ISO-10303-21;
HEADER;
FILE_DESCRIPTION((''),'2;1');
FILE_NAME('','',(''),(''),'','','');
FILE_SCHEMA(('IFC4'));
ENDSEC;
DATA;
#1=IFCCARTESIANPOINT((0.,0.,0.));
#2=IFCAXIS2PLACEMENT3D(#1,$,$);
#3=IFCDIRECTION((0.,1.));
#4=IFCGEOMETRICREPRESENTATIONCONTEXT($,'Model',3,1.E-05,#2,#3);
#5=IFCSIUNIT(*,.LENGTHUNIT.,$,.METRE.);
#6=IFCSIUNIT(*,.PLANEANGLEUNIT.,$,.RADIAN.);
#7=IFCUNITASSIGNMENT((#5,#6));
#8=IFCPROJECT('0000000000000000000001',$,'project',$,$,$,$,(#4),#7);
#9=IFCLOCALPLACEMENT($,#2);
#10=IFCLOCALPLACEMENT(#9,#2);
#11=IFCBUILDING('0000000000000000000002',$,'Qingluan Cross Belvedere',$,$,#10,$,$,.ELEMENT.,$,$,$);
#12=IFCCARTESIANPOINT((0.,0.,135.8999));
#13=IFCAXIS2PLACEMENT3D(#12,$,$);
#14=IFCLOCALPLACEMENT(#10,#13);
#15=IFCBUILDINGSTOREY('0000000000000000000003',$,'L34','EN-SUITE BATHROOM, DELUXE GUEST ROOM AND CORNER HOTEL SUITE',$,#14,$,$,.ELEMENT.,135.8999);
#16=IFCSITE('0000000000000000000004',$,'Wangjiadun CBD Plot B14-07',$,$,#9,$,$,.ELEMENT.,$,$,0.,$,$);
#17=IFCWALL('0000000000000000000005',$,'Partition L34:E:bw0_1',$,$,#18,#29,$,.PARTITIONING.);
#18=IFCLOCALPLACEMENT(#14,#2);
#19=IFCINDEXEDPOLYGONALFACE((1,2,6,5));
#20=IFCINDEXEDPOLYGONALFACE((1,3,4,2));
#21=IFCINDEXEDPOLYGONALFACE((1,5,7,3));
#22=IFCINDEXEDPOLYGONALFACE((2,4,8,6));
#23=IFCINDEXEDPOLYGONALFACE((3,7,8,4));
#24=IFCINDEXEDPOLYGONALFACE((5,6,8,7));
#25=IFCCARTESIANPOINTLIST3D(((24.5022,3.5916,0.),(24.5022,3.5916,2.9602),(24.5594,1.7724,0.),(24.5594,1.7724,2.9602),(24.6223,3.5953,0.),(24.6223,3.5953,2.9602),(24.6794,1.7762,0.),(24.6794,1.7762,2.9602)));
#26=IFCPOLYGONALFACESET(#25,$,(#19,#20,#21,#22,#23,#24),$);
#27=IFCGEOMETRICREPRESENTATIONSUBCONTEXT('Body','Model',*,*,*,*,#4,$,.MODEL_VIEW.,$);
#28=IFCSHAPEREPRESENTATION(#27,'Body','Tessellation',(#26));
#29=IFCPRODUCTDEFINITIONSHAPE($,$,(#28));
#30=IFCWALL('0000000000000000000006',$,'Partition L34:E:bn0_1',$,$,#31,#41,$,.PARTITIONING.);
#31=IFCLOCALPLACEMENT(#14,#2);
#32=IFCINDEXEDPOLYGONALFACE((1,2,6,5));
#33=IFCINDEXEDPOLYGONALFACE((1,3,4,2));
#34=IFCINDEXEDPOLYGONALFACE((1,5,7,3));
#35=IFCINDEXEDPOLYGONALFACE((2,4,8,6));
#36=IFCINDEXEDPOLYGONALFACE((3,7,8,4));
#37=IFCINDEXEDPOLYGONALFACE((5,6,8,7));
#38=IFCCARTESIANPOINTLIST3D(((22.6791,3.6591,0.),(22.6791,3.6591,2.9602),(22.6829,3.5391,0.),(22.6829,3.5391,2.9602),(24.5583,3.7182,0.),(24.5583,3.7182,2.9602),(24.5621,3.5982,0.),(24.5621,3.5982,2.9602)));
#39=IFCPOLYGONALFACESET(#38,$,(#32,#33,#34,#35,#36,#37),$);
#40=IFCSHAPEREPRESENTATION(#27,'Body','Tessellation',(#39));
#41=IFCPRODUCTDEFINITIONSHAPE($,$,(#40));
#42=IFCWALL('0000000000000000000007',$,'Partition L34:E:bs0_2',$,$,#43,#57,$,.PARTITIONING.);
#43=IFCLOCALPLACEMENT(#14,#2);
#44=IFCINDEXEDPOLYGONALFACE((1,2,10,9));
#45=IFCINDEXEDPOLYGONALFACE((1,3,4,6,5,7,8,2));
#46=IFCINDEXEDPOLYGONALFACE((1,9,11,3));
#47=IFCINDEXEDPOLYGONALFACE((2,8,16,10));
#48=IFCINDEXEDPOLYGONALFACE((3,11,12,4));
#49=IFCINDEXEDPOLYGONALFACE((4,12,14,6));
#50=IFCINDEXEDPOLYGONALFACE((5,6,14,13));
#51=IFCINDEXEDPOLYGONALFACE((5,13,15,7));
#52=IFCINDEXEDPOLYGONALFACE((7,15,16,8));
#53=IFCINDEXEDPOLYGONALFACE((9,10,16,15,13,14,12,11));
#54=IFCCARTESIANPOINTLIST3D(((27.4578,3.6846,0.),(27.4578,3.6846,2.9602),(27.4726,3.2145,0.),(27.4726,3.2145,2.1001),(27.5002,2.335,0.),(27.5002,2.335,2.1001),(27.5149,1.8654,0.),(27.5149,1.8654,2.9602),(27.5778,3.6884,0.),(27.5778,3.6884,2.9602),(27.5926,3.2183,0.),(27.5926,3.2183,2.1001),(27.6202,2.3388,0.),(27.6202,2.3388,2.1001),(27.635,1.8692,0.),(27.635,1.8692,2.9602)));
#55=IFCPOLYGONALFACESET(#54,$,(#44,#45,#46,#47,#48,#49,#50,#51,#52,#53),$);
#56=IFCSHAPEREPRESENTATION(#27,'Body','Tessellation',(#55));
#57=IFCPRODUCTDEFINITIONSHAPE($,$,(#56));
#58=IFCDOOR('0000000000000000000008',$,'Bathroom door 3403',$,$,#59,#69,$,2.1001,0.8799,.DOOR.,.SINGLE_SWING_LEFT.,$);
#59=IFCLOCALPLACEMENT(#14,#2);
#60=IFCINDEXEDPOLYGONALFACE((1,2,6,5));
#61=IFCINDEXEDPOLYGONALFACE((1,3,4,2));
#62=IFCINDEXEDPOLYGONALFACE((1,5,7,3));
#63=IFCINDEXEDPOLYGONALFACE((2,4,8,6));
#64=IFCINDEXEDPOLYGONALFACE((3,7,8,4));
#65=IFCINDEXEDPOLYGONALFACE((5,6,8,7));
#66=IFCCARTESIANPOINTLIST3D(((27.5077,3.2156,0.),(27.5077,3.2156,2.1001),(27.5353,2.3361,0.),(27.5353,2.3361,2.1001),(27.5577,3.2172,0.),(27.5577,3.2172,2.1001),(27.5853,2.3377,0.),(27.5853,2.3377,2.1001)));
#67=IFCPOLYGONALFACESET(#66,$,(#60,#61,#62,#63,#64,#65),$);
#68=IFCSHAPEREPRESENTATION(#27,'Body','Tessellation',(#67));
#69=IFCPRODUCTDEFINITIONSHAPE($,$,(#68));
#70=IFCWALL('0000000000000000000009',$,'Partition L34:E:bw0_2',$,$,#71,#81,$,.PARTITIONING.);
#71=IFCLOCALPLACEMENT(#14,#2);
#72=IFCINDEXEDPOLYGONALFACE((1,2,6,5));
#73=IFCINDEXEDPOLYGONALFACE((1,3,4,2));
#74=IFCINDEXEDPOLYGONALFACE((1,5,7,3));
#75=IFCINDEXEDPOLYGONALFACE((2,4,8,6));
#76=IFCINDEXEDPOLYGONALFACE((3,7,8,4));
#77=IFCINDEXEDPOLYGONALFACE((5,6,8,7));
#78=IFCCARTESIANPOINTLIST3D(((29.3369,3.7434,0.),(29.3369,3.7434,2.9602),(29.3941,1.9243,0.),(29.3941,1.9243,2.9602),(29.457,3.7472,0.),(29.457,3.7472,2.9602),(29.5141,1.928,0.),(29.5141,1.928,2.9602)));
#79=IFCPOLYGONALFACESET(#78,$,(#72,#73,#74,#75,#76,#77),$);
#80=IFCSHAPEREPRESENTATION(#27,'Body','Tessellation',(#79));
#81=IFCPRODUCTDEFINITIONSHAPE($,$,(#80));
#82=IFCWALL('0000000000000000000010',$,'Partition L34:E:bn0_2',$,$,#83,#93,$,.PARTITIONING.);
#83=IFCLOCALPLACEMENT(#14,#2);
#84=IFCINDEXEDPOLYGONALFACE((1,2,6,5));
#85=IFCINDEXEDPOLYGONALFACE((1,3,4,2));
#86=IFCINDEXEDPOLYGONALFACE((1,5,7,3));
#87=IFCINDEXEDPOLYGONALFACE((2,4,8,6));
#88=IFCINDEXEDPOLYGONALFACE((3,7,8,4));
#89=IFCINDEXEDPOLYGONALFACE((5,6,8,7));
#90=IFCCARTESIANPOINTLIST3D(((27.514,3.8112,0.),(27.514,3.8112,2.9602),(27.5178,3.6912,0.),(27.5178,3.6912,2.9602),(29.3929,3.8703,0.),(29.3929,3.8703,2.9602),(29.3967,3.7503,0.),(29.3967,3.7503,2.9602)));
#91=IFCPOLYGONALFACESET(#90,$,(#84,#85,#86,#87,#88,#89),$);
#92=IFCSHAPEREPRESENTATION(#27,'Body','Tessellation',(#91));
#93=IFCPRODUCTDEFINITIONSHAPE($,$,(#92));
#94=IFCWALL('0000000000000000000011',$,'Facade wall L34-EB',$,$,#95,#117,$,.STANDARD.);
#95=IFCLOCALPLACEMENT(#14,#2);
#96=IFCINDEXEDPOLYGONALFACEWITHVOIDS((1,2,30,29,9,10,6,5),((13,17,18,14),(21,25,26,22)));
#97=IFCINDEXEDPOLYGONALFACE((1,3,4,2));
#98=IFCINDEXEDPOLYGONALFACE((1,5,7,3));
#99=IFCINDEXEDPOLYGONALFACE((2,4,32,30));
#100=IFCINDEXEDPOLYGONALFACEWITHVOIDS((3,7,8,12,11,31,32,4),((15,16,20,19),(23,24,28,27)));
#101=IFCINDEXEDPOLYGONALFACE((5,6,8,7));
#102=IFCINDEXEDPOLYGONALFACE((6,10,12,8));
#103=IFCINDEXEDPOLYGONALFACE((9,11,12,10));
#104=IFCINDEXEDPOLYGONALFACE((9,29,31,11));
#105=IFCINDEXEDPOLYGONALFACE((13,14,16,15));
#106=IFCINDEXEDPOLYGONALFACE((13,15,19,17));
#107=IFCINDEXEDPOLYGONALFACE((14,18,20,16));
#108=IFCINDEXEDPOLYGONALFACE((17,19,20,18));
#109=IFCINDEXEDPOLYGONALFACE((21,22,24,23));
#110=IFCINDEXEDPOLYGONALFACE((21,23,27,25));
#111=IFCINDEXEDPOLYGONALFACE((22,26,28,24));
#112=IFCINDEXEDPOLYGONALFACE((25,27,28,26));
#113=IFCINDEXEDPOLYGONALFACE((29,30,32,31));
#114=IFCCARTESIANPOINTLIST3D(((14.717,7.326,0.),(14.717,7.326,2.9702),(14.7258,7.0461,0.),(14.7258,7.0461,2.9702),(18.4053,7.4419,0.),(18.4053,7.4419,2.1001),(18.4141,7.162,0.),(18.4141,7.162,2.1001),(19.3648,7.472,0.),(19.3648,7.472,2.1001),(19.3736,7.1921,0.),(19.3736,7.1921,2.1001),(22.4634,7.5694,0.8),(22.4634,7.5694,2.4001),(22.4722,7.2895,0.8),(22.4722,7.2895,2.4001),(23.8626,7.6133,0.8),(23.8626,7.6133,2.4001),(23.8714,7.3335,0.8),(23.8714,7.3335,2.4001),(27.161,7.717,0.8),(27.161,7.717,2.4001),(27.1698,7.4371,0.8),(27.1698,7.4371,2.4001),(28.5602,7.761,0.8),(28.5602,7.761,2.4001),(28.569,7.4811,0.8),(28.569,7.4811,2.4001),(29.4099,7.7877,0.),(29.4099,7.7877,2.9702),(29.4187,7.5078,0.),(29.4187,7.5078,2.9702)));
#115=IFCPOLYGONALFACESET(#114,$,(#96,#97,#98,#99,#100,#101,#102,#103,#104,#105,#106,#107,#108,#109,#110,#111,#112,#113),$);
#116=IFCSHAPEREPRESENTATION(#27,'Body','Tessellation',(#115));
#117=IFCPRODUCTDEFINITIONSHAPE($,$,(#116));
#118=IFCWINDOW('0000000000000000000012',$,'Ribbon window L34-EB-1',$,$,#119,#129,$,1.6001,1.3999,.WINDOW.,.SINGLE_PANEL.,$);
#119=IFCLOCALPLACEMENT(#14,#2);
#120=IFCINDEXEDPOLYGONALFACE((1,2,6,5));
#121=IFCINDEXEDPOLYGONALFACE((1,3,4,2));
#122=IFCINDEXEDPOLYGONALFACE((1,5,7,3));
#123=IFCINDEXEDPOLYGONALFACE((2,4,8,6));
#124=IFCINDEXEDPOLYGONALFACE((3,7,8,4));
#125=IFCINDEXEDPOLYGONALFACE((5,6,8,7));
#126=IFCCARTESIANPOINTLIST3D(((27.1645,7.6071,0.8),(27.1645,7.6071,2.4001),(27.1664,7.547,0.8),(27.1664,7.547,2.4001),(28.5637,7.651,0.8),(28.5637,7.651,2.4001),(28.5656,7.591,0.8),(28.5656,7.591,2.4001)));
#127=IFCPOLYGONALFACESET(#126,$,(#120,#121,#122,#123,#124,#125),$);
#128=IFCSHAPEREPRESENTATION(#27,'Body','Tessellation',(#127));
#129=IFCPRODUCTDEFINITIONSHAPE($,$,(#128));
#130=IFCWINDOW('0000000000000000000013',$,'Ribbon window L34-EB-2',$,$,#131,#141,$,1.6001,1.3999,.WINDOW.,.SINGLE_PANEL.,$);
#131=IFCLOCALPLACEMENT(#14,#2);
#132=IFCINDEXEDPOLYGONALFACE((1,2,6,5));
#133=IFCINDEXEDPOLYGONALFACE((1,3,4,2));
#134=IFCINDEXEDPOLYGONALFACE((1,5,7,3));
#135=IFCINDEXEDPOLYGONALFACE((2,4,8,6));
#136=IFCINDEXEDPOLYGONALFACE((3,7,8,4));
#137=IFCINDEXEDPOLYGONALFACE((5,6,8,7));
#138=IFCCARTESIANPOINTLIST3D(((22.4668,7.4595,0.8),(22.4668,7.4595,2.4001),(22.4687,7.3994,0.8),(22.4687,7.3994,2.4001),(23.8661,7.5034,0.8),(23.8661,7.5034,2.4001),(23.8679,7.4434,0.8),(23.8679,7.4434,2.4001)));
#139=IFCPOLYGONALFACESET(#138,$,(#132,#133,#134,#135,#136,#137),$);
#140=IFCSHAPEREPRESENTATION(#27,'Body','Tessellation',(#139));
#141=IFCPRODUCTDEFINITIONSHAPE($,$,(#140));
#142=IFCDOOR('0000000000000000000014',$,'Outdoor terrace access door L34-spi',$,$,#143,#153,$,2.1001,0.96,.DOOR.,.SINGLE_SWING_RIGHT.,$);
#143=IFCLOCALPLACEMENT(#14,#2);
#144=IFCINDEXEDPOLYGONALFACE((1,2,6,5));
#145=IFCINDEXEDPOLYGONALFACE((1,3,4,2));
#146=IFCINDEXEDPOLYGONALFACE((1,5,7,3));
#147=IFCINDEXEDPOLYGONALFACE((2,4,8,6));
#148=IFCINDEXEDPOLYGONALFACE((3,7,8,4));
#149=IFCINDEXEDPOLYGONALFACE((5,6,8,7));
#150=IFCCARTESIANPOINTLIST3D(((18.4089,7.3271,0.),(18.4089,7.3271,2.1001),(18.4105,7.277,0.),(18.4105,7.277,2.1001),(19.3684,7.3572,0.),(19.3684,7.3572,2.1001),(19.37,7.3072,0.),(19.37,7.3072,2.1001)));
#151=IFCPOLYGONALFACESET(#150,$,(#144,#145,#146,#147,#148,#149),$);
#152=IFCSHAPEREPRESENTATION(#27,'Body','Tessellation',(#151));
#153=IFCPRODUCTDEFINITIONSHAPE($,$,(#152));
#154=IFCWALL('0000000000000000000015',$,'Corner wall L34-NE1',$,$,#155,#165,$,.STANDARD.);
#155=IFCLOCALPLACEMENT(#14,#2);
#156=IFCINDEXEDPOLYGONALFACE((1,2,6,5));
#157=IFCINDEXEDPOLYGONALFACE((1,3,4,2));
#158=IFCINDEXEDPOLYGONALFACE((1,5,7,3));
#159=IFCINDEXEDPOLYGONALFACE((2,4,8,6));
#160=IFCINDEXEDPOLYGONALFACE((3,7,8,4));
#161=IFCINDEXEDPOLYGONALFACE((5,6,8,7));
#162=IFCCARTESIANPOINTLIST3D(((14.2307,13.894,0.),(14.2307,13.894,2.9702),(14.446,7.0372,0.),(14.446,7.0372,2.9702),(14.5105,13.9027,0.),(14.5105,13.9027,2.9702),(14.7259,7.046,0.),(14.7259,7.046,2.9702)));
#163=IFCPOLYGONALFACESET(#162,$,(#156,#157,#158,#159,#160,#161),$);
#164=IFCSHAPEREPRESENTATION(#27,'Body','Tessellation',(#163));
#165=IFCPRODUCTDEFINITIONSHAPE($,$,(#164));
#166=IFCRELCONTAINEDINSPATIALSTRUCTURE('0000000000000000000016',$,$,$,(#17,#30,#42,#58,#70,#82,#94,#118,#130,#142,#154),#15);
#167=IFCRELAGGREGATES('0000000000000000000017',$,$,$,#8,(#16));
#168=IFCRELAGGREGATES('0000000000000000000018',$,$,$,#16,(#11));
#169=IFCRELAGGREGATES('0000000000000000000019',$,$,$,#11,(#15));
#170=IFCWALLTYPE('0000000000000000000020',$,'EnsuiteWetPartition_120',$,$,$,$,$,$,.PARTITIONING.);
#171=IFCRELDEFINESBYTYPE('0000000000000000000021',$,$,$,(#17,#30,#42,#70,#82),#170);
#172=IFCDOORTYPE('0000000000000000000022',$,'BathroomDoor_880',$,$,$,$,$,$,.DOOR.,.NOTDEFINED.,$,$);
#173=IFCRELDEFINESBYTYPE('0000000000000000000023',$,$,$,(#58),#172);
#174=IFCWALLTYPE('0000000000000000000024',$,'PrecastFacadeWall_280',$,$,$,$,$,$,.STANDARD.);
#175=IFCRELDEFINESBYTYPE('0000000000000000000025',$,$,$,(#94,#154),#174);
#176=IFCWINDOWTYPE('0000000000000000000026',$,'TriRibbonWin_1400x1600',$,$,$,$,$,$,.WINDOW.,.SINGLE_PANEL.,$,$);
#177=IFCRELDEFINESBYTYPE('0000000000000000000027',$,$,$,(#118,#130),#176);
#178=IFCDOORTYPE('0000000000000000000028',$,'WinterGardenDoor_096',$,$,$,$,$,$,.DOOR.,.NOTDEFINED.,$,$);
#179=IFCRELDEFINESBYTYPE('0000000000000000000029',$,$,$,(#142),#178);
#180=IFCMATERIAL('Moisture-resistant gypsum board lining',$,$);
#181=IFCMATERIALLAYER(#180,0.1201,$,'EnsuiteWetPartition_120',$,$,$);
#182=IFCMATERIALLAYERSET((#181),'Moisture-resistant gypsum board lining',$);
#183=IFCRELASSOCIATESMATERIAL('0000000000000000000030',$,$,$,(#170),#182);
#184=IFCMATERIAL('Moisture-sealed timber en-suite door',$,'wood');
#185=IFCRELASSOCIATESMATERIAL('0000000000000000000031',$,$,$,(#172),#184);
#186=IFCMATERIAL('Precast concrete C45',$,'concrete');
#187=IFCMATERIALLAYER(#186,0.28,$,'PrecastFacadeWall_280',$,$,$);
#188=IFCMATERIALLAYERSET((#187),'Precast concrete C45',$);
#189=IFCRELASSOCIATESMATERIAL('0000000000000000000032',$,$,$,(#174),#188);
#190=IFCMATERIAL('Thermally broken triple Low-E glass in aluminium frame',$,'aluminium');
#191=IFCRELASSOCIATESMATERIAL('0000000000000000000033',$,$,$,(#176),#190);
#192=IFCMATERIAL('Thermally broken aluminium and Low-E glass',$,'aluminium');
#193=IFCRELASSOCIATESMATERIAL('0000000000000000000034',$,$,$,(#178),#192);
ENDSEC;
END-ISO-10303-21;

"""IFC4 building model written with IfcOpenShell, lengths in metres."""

from ifc_helpers import new_model, si_unit, direction, frame, frame_2d, origin, place, context, subcontext, project, spatial, rectangle, extrude, material, layer, layer_set, type_object, element, fill, save


model = new_model("IFC4")

# Units and contexts
model_context = context("Model", 3, precision=1e-05, world=origin(), true_north=direction((0.0, 1.0)))
body_context = subcontext(model_context, "Body", "Model", "MODEL_VIEW")
ifc_project = project(units=[si_unit("LENGTHUNIT", "METRE"), si_unit("PLANEANGLEUNIT", "RADIAN")], contexts=[model_context])

# Site, building, storey
site_placement = place(None, origin())
site = spatial("IfcSite", under=ifc_project, at=site_placement, Name="Wangjiadun CBD Plot B14-07", CompositionType="ELEMENT", RefElevation=0.0)
building_placement = place(site_placement, origin())
building = spatial("IfcBuilding", under=site, at=building_placement, Name="Qingluan Cross Belvedere", CompositionType="ELEMENT")
storey_placement = place(building_placement, frame((0.0, 0.0, 135.8999)))
storey = spatial("IfcBuildingStorey", under=building, at=storey_placement, Name="L34", Description="EN-SUITE BATHROOM, DELUXE GUEST ROOM AND CORNER HOTEL SUITE", CompositionType="ELEMENT", Elevation=135.8999)

# Shared definitions
ifc_material_1 = material(Name="Moisture-resistant gypsum board lining")
ifc_layer_1 = layer(ifc_material_1, 0.1201, Name="EnsuiteWetPartition_120")
ifc_layer_set_1 = layer_set([ifc_layer_1], Name="Moisture-resistant gypsum board lining")
wall_type_1 = type_object("IfcWallType", Name="EnsuiteWetPartition_120", PredefinedType="PARTITIONING", material=ifc_layer_set_1)
ifc_material_2 = material(Name="Moisture-sealed timber en-suite door", Category="wood")
door_type_1 = type_object("IfcDoorType", Name="BathroomDoor_880", OperationType="NOTDEFINED", PredefinedType="DOOR", material=ifc_material_2)

# Walls
wall_1_placement = place(storey_placement, frame((24.6194, 1.7742, 0.0), z_axis=(0.0, 0.0, 1.0), x_axis=(-0.03139, 0.999507, 0.0)))
element("IfcWall", 1, at=wall_1_placement, inside=storey, type_object=wall_type_1, Name="Partition L34:E:bw0_1", PredefinedType="PARTITIONING", context=body_context, shape_type="SweptSolid", body=[
    extrude(rectangle(XDim=1.8201, YDim=0.1201, at=frame_2d((0.9102, 0.0))), origin(), (0.0, 0.0, 1.0), 2.9602),
])
wall_2_placement = place(storey_placement, frame((22.6812, 3.5991, 0.0), z_axis=(0.0, 0.0, 1.0), x_axis=(0.999506, 0.031425, 0.0)))
element("IfcWall", 2, at=wall_2_placement, inside=storey, type_object=wall_type_1, Name="Partition L34:E:bn0_1", PredefinedType="PARTITIONING", context=body_context, shape_type="SweptSolid", body=[
    extrude(rectangle(XDim=1.8801, YDim=0.1201, at=frame_2d((0.9399, 0.0))), origin(), (0.0, 0.0, 1.0), 2.9602),
])

# Wall, opening, door
wall_3_placement = place(storey_placement, frame((27.575, 1.8672, 0.0), z_axis=(0.0, 0.0, 1.0), x_axis=(-0.03139, 0.999507, 0.0)))
wall_3 = element("IfcWall", 3, at=wall_3_placement, inside=storey, type_object=wall_type_1, Name="Partition L34:E:bs0_2", PredefinedType="PARTITIONING", context=body_context, shape_type="SweptSolid", body=[
    extrude(rectangle(XDim=1.8201, YDim=0.1201, at=frame_2d((0.9102, 0.0))), origin(), (0.0, 0.0, 1.0), 2.9602),
])
opening_1_placement = place(wall_3_placement, frame((0.47, 0.0, 0.0)))
opening_1 = element("IfcOpeningElement", 4, at=opening_1_placement, cuts=wall_3, PredefinedType="OPENING", context=body_context, shape_type="SweptSolid", body=[
    extrude(rectangle(XDim=0.8799, YDim=2.1001, at=frame_2d((0.4399, 1.05))), frame((0.0, 0.0701, 0.0), z_axis=(0.0, -1.0, 0.0), x_axis=(1.0, 0.0, 0.0)), (0.0, 0.0, 1.0), 0.1401),
])
door_1_placement = place(opening_1_placement, origin())
door_1 = element("IfcDoor", 5, at=door_1_placement, inside=storey, type_object=door_type_1, Name="Bathroom door 3403", OperationType="SINGLE_SWING_LEFT", OverallHeight=2.1001, OverallWidth=0.8799, PredefinedType="DOOR", context=body_context, shape_type="SweptSolid", body=[
    extrude(rectangle(XDim=0.8799, YDim=2.1001, at=frame_2d((0.4399, 1.05))), frame((0.0, 0.0249, 0.0), z_axis=(0.0, -1.0, 0.0), x_axis=(1.0, 0.0, 0.0)), (0.0, 0.0, 1.0), 0.05),
])
fill(opening_1, door_1)

# Walls
wall_4_placement = place(storey_placement, frame((29.4541, 1.926, 0.0), z_axis=(0.0, 0.0, 1.0), x_axis=(-0.03139, 0.999507, 0.0)))
element("IfcWall", 6, at=wall_4_placement, inside=storey, type_object=wall_type_1, Name="Partition L34:E:bw0_2", PredefinedType="PARTITIONING", context=body_context, shape_type="SweptSolid", body=[
    extrude(rectangle(XDim=1.8201, YDim=0.1201, at=frame_2d((0.9102, 0.0))), origin(), (0.0, 0.0, 1.0), 2.9602),
])
wall_5_placement = place(storey_placement, frame((27.5159, 3.7512, 0.0), z_axis=(0.0, 0.0, 1.0), x_axis=(0.999506, 0.031429, 0.0)))
element("IfcWall", 7, at=wall_5_placement, inside=storey, type_object=wall_type_1, Name="Partition L34:E:bn0_2", PredefinedType="PARTITIONING", context=body_context, shape_type="SweptSolid", body=[
    extrude(rectangle(XDim=1.8799, YDim=0.1201, at=frame_2d((0.9399, 0.0))), origin(), (0.0, 0.0, 1.0), 2.9602),
])

# Wall, openings, windows, door
ifc_material_3 = material(Name="Precast concrete C45", Category="concrete")
ifc_layer_2 = layer(ifc_material_3, 0.28, Name="PrecastFacadeWall_280")
ifc_layer_set_2 = layer_set([ifc_layer_2], Name="Precast concrete C45")
wall_type_2 = type_object("IfcWallType", Name="PrecastFacadeWall_280", PredefinedType="STANDARD", material=ifc_layer_set_2)
wall_6_placement = place(storey_placement, frame((29.4143, 7.6477, 0.0), z_axis=(0.0, 0.0, 1.0), x_axis=(-0.999507, -0.031406, 0.0)))
wall_6 = element("IfcWall", 8, at=wall_6_placement, inside=storey, type_object=wall_type_2, Name="Facade wall L34-EB", PredefinedType="STANDARD", context=body_context, shape_type="SweptSolid", body=[
    extrude(rectangle(XDim=14.7002, YDim=0.28, at=frame_2d((7.3501, 0.0))), origin(), (0.0, 0.0, 1.0), 2.9702),
])
opening_2_placement = place(wall_6_placement, frame((0.8501, 0.0, 0.8)))
opening_2 = element("IfcOpeningElement", 9, at=opening_2_placement, cuts=wall_6, PredefinedType="OPENING", context=body_context, shape_type="SweptSolid", body=[
    extrude(rectangle(XDim=1.3999, YDim=1.6001, at=frame_2d((0.7, 0.8))), frame((0.0, 0.1499, 0.0), z_axis=(0.0, -1.0, 0.0), x_axis=(1.0, 0.0, 0.0)), (0.0, 0.0, 1.0), 0.3),
])
opening_3_placement = place(wall_6_placement, frame((5.55, 0.0, 0.8)))
opening_3 = element("IfcOpeningElement", 10, at=opening_3_placement, cuts=wall_6, PredefinedType="OPENING", context=body_context, shape_type="SweptSolid", body=[
    extrude(rectangle(XDim=1.3999, YDim=1.6001, at=frame_2d((0.7, 0.8))), frame((0.0, 0.1499, 0.0), z_axis=(0.0, -1.0, 0.0), x_axis=(1.0, 0.0, 0.0)), (0.0, 0.0, 1.0), 0.3),
])
opening_4_placement = place(wall_6_placement, frame((10.05, 0.0, 0.0)))
opening_4 = element("IfcOpeningElement", 11, at=opening_4_placement, cuts=wall_6, PredefinedType="OPENING", context=body_context, shape_type="SweptSolid", body=[
    extrude(rectangle(XDim=0.96, YDim=2.1001, at=frame_2d((0.48, 1.05))), frame((0.0, 0.1499, 0.0), z_axis=(0.0, -1.0, 0.0), x_axis=(1.0, 0.0, 0.0)), (0.0, 0.0, 1.0), 0.3),
])
ifc_material_4 = material(Name="Thermally broken triple Low-E glass in aluminium frame", Category="aluminium")
window_type = type_object("IfcWindowType", Name="TriRibbonWin_1400x1600", PartitioningType="SINGLE_PANEL", PredefinedType="WINDOW", material=ifc_material_4)
window_1_placement = place(opening_2_placement, origin())
window_1 = element("IfcWindow", 12, at=window_1_placement, inside=storey, type_object=window_type, Name="Ribbon window L34-EB-1", OverallHeight=1.6001, OverallWidth=1.3999, PartitioningType="SINGLE_PANEL", PredefinedType="WINDOW", context=body_context, shape_type="SweptSolid", body=[
    extrude(rectangle(XDim=1.3999, YDim=1.6001, at=frame_2d((0.7, 0.8))), frame((0.0, 0.03, 0.0), z_axis=(0.0, -1.0, 0.0), x_axis=(1.0, 0.0, 0.0)), (0.0, 0.0, 1.0), 0.0601),
])
fill(opening_2, window_1)
window_2_placement = place(opening_3_placement, origin())
window_2 = element("IfcWindow", 13, at=window_2_placement, inside=storey, type_object=window_type, Name="Ribbon window L34-EB-2", OverallHeight=1.6001, OverallWidth=1.3999, PartitioningType="SINGLE_PANEL", PredefinedType="WINDOW", context=body_context, shape_type="SweptSolid", body=[
    extrude(rectangle(XDim=1.3999, YDim=1.6001, at=frame_2d((0.7, 0.8))), frame((0.0, 0.03, 0.0), z_axis=(0.0, -1.0, 0.0), x_axis=(1.0, 0.0, 0.0)), (0.0, 0.0, 1.0), 0.0601),
])
fill(opening_3, window_2)
ifc_material_5 = material(Name="Thermally broken aluminium and Low-E glass", Category="aluminium")
door_type_2 = type_object("IfcDoorType", Name="WinterGardenDoor_096", OperationType="NOTDEFINED", PredefinedType="DOOR", material=ifc_material_5)
door_2_placement = place(opening_4_placement, origin())
door_2 = element("IfcDoor", 14, at=door_2_placement, inside=storey, type_object=door_type_2, Name="Outdoor terrace access door L34-spi", OperationType="SINGLE_SWING_RIGHT", OverallHeight=2.1001, OverallWidth=0.96, PredefinedType="DOOR", context=body_context, shape_type="SweptSolid", body=[
    extrude(rectangle(XDim=0.96, YDim=2.1001, at=frame_2d((0.48, 1.05))), frame((0.0, 0.0249, 0.0), z_axis=(0.0, -1.0, 0.0), x_axis=(1.0, 0.0, 0.0)), (0.0, 0.0, 1.0), 0.05),
])
fill(opening_4, door_2)

# Wall
wall_7_placement = place(storey_placement, frame((14.5859, 7.0415, 0.0), z_axis=(0.0, 0.0, 1.0), x_axis=(-0.031389, 0.999507, 0.0)))
element("IfcWall", 15, at=wall_7_placement, inside=storey, type_object=wall_type_2, Name="Corner wall L34-NE1", PredefinedType="STANDARD", context=body_context, shape_type="SweptSolid", body=[
    extrude(rectangle(XDim=6.8601, YDim=0.28, at=frame_2d((3.4302, 0.0))), origin(), (0.0, 0.0, 1.0), 2.9702),
])

save(model, "model.ifc")
